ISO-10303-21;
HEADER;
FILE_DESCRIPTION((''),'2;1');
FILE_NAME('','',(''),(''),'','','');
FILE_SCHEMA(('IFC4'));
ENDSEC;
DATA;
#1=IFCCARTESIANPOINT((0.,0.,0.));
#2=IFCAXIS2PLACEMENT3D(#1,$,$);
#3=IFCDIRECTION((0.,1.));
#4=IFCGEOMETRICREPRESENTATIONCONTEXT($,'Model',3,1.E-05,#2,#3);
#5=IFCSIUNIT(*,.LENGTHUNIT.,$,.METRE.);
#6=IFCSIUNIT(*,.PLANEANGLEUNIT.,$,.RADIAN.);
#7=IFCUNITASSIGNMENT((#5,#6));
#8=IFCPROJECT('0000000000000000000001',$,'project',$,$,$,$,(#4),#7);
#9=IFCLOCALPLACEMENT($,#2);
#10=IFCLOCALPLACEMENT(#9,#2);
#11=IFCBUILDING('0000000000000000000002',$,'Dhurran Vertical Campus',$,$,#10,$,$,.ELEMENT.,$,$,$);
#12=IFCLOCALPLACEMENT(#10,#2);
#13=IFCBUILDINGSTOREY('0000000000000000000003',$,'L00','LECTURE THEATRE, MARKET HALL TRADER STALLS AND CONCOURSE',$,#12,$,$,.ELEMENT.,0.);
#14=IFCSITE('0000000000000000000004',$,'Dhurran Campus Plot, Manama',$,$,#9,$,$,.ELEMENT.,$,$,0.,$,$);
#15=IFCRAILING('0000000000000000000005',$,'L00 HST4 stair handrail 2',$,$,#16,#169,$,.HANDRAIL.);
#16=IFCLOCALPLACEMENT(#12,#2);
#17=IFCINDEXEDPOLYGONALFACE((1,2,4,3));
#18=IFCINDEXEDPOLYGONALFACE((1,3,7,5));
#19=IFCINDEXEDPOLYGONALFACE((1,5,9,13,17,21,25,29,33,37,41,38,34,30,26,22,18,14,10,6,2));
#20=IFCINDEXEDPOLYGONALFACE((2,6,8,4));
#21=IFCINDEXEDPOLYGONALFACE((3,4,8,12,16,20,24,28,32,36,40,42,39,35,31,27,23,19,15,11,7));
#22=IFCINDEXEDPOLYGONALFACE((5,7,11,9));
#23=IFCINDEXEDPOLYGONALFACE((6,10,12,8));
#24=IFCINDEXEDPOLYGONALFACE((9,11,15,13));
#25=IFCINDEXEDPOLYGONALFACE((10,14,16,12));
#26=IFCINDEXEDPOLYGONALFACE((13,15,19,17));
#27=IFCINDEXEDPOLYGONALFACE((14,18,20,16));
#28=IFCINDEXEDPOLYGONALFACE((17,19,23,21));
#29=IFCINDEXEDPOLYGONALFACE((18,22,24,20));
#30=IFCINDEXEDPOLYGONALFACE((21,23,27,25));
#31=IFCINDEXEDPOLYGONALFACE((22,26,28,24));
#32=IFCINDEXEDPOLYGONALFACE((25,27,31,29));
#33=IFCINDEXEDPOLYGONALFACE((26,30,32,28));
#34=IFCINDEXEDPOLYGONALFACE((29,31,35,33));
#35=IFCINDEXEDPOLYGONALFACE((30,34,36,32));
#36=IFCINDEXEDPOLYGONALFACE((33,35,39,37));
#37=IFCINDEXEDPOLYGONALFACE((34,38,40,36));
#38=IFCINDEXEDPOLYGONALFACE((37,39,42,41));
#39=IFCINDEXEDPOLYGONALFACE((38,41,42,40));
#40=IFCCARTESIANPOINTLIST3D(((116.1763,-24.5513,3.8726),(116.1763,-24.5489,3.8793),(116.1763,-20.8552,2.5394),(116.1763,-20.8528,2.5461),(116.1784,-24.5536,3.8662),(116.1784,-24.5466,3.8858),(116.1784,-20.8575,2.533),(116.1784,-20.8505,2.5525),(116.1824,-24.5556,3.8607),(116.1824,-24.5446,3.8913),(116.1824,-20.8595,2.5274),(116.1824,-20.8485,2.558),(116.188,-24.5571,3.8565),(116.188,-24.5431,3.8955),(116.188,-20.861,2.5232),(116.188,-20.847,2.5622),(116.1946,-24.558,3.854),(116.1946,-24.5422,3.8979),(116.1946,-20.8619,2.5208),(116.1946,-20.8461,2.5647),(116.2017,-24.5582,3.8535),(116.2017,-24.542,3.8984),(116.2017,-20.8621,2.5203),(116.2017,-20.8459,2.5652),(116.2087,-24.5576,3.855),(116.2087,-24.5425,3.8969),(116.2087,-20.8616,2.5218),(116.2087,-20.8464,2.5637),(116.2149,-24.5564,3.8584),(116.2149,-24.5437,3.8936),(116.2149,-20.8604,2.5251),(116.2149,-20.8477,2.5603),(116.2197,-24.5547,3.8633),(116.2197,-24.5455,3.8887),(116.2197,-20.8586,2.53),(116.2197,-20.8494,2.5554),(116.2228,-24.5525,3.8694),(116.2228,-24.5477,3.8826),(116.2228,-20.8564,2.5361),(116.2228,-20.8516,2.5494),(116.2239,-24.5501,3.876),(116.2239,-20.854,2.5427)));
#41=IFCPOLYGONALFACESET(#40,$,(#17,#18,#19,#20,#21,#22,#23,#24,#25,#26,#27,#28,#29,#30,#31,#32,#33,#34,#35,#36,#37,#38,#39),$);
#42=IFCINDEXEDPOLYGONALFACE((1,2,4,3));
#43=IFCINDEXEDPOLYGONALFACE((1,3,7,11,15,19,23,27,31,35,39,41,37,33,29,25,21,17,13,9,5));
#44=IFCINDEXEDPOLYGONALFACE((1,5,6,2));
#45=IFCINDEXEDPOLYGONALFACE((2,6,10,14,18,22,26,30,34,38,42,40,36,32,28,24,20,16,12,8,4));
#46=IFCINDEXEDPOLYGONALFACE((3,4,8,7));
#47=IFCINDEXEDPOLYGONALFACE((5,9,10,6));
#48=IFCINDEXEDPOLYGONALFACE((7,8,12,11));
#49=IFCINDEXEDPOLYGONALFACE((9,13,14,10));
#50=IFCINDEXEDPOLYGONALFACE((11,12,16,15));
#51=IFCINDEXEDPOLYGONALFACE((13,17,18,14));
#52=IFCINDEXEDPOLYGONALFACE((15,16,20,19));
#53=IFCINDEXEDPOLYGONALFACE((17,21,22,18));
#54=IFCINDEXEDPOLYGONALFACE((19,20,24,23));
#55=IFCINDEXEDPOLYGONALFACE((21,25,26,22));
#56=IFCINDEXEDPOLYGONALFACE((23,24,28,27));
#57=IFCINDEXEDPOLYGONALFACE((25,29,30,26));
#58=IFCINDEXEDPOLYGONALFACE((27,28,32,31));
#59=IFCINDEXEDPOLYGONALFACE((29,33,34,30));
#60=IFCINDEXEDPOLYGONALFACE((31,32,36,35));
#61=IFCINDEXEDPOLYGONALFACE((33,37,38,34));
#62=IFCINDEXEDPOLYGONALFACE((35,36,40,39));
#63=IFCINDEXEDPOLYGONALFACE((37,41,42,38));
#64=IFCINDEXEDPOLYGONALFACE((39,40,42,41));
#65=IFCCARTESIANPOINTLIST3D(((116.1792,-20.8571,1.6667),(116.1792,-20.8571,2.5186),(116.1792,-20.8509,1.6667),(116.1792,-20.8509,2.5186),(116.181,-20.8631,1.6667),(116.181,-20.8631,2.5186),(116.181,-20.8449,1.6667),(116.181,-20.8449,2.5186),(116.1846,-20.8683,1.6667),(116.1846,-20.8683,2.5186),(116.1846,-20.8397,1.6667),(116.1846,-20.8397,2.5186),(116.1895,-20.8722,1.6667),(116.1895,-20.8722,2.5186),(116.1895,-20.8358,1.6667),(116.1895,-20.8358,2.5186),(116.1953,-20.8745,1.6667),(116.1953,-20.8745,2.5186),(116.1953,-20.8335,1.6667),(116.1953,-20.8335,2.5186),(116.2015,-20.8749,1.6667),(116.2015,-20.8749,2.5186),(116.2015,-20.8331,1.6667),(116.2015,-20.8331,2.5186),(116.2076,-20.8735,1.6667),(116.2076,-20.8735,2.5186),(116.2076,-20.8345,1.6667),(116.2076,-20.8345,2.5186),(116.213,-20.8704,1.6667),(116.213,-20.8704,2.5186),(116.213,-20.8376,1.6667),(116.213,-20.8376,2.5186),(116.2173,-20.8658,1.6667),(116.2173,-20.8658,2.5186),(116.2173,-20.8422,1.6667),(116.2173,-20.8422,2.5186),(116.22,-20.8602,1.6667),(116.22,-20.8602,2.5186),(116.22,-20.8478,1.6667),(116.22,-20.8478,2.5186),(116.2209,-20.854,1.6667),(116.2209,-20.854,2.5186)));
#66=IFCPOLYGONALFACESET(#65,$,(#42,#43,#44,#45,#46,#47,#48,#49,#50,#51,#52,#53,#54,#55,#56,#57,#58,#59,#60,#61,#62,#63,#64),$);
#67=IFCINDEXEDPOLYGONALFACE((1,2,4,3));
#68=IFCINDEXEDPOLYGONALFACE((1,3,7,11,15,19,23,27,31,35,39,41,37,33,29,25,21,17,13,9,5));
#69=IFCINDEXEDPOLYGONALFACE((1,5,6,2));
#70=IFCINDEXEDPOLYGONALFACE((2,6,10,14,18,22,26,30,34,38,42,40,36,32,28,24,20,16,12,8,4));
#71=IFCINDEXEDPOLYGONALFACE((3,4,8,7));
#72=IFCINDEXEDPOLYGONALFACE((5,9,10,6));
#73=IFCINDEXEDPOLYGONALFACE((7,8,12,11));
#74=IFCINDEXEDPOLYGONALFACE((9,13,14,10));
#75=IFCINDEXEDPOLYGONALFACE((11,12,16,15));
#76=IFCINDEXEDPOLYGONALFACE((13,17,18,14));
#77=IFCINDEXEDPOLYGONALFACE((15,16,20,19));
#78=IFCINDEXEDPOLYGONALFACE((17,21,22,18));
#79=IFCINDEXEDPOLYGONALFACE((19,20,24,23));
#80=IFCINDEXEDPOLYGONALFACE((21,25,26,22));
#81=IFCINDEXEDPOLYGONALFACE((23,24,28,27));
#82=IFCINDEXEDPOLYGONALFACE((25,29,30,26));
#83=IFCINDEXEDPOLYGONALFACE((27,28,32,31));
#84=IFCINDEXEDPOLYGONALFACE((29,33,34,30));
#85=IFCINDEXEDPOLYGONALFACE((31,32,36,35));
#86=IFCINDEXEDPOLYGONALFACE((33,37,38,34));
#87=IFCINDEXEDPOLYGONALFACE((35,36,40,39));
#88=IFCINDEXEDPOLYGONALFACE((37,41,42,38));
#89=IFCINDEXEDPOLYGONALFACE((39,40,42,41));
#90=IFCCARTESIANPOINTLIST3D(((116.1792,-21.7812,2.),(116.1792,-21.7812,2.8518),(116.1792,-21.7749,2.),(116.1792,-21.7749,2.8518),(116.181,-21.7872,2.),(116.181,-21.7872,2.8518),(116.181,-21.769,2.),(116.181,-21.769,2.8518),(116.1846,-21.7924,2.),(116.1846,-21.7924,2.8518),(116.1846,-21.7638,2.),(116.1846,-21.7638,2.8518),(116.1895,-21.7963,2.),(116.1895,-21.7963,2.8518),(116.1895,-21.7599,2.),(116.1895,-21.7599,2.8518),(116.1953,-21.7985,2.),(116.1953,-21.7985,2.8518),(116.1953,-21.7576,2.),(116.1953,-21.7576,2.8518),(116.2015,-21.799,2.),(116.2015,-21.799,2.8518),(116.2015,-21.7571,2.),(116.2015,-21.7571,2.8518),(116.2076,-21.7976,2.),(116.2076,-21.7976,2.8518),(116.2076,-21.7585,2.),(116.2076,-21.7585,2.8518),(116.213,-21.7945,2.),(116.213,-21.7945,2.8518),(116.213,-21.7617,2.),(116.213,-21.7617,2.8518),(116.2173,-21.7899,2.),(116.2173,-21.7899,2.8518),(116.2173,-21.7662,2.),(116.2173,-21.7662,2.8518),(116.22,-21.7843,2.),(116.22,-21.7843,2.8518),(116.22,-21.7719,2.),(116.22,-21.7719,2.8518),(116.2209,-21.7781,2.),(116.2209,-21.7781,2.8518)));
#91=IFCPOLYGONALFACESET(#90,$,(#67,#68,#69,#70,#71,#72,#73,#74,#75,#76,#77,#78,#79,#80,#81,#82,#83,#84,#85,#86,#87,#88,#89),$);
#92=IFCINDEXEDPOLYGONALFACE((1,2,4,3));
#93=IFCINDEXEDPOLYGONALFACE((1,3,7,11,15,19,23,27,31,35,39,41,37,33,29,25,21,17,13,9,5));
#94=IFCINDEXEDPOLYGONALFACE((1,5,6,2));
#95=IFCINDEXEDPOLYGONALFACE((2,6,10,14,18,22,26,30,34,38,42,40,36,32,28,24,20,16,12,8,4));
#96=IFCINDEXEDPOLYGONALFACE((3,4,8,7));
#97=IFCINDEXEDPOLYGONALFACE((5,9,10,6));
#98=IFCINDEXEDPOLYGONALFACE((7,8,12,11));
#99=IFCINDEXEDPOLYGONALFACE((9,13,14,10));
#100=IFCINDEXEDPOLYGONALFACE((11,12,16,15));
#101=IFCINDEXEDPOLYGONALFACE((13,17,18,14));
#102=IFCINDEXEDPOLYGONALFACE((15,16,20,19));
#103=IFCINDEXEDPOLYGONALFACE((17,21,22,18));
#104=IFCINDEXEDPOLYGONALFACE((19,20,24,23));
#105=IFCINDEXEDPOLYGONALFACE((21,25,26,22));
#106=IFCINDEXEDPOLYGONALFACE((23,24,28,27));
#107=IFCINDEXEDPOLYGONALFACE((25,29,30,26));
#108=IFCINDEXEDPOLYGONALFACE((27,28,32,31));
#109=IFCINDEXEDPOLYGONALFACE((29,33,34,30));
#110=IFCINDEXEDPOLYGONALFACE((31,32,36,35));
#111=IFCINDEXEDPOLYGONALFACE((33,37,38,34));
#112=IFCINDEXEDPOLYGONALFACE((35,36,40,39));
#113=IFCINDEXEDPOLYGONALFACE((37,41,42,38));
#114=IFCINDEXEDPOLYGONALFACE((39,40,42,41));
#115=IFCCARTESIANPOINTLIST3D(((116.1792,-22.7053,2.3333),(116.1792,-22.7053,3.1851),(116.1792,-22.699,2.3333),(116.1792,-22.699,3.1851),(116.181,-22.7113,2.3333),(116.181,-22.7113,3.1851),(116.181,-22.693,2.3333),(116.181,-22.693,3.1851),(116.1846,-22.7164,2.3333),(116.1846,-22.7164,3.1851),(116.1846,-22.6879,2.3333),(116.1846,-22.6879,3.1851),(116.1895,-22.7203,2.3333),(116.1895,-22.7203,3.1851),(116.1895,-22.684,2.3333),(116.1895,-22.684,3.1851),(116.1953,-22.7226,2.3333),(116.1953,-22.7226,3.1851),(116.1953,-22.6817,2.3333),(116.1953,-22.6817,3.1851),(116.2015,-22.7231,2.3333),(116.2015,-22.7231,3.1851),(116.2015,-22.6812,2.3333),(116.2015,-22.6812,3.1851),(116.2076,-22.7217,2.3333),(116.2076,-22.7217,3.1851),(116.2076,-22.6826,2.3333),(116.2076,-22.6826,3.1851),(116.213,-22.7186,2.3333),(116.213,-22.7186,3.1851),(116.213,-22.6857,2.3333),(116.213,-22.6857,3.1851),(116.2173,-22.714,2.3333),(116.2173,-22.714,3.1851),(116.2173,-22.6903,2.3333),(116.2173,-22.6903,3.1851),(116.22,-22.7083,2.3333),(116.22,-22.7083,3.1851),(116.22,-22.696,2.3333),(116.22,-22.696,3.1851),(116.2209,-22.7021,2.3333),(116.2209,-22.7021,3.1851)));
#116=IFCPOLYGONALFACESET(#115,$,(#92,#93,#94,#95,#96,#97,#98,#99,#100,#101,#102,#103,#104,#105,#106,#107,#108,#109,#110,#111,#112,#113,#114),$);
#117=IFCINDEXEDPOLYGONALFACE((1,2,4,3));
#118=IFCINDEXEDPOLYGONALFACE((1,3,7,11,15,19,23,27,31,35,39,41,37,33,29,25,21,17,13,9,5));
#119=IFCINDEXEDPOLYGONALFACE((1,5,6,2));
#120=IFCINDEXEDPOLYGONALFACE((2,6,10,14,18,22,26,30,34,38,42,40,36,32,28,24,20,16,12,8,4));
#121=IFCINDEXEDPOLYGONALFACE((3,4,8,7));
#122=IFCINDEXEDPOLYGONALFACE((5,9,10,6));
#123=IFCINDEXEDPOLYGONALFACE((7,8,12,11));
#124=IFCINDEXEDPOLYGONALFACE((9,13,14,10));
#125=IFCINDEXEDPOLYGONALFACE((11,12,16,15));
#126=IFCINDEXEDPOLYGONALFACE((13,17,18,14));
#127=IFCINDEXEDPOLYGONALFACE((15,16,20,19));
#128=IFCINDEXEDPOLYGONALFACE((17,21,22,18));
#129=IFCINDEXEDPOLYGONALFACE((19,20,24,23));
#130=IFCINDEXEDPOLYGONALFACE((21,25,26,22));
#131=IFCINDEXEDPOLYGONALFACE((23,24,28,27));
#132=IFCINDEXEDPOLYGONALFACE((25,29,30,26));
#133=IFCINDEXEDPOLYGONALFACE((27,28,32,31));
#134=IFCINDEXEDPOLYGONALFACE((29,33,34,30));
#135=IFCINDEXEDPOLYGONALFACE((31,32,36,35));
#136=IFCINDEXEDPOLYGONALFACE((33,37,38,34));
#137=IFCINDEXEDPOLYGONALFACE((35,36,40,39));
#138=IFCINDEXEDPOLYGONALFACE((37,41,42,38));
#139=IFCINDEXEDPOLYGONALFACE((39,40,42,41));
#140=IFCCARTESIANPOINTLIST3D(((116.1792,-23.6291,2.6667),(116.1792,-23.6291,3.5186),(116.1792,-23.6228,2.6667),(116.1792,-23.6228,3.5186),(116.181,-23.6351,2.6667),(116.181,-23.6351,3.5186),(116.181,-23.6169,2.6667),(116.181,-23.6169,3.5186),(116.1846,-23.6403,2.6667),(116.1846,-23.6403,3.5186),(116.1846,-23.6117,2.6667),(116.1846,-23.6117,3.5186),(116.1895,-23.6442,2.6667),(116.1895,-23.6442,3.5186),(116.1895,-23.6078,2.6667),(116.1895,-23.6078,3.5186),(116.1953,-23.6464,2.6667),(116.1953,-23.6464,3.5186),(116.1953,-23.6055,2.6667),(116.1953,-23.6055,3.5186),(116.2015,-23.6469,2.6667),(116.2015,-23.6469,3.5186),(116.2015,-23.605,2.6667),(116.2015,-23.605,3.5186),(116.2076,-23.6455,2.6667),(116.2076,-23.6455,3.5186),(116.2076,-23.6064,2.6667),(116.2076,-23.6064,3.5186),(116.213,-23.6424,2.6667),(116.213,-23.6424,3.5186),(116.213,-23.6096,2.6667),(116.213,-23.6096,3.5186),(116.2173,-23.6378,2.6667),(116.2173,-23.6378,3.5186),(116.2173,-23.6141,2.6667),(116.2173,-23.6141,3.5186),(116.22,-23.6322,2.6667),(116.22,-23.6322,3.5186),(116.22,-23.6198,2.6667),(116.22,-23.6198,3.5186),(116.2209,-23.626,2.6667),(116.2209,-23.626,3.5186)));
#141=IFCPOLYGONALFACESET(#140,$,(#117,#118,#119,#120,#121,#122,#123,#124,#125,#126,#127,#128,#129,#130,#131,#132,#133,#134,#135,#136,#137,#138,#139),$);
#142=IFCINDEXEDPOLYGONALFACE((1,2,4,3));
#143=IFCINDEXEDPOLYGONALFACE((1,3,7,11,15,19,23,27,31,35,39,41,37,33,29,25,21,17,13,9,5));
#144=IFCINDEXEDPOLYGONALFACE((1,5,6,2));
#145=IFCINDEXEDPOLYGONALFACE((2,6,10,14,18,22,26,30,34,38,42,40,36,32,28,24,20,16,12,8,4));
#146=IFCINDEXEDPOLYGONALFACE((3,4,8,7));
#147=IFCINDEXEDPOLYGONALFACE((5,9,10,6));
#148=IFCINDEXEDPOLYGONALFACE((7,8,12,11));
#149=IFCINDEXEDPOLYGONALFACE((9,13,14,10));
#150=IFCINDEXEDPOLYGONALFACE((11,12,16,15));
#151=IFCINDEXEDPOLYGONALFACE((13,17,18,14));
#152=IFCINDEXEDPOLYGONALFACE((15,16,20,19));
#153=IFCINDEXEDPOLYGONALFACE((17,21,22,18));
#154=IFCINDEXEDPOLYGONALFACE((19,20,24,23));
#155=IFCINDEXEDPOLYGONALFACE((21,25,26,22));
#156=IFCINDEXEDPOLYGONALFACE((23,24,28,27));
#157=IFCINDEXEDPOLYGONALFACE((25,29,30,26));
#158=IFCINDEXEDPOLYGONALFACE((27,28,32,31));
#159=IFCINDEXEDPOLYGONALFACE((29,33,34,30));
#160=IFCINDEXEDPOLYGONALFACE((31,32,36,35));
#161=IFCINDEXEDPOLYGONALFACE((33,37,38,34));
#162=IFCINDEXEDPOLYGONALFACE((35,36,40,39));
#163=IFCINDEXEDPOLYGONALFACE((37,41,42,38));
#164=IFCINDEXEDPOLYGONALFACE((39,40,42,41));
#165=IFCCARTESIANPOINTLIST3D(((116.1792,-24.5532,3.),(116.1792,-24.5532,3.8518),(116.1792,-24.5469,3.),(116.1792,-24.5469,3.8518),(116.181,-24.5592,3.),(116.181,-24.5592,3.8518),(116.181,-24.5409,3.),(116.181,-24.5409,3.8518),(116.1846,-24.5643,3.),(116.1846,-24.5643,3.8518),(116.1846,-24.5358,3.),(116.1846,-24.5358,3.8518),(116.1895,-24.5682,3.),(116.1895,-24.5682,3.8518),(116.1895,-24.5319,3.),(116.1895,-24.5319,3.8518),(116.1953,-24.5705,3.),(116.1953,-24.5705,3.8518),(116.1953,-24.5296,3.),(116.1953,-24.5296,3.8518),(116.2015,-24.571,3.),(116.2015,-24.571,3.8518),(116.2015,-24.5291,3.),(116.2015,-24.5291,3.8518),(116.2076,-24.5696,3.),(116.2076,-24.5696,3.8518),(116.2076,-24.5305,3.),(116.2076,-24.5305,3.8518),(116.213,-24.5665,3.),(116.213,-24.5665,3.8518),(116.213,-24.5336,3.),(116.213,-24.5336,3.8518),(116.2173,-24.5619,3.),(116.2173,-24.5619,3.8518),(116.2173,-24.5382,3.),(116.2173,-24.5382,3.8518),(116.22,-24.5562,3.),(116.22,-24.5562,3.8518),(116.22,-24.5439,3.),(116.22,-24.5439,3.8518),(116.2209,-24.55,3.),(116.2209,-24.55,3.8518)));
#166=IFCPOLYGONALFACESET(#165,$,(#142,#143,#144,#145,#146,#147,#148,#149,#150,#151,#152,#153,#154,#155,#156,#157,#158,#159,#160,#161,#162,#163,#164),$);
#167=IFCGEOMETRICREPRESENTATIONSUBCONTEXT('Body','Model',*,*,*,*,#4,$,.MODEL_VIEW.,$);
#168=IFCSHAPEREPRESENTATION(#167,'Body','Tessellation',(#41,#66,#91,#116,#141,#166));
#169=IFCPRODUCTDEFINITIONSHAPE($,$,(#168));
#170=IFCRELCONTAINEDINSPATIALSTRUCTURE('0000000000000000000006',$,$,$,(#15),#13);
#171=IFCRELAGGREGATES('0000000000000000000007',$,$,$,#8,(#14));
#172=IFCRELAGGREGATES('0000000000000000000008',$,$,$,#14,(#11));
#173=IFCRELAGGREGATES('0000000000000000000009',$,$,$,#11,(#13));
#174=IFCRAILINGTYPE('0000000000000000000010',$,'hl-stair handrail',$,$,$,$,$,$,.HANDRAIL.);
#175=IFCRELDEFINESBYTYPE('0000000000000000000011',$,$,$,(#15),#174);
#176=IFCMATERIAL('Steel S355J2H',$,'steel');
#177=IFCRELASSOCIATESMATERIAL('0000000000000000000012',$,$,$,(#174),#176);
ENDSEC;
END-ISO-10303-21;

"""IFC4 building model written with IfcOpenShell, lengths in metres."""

from ifc_helpers import new_model, si_unit, direction, frame, origin, origin_2d, place, context, subcontext, project, spatial, circle, extrude, material, type_object, element, save


model = new_model("IFC4")

# Units and contexts
model_context = context("Model", 3, precision=1e-05, world=origin(), true_north=direction((0.0, 1.0)))
body_context = subcontext(model_context, "Body", "Model", "MODEL_VIEW")
ifc_project = project(units=[si_unit("LENGTHUNIT", "METRE"), si_unit("PLANEANGLEUNIT", "RADIAN")], contexts=[model_context])

# Site, building, storey
site_placement = place(None, origin())
site = spatial("IfcSite", under=ifc_project, at=site_placement, Name="Dhurran Campus Plot, Manama", CompositionType="ELEMENT", RefElevation=0.0)
building_placement = place(site_placement, origin())
building = spatial("IfcBuilding", under=site, at=building_placement, Name="Dhurran Vertical Campus", CompositionType="ELEMENT")
storey_placement = place(building_placement, origin())
storey = spatial("IfcBuildingStorey", under=building, at=storey_placement, Name="L00", Description="LECTURE THEATRE, MARKET HALL TRADER STALLS AND CONCOURSE", CompositionType="ELEMENT", Elevation=0.0)

# Railing
ifc_material_1 = material(Name="Steel S355J2H", Category="steel")
railing_type_1 = type_object("IfcRailingType", Name="hl-stair handrail", PredefinedType="HANDRAIL", material=ifc_material_1)
for number, where, name in (
    (1, (116.2, -20.854, 1.6667), "L00 HST4 stair handrail 2"),
):
    element("IfcRailing", number, at=place(storey_placement, frame(where)), inside=storey, type_object=railing_type_1, Name=name, PredefinedType="HANDRAIL", context=body_context, shape_type="SweptSolid", body=[
        extrude(circle(Radius=0.0239, at=origin_2d()), frame((0.0, 0.0, 0.876), z_axis=(0.0, -0.94067, 0.339322), x_axis=(1.0, 0.0, 0.0)), (0.0, 0.0, 1.0), 3.9292),
        extrude(circle(Radius=0.021, at=origin_2d()), origin(), (0.0, 0.0, 1.0), 0.8518),
        extrude(circle(Radius=0.021, at=origin_2d()), frame((0.0, -0.9241, 0.3333)), (0.0, 0.0, 1.0), 0.8518),
        extrude(circle(Radius=0.021, at=origin_2d()), frame((0.0, -1.8481, 0.6665)), (0.0, 0.0, 1.0), 0.8518),
        extrude(circle(Radius=0.021, at=origin_2d()), frame((0.0, -2.772, 1.0)), (0.0, 0.0, 1.0), 0.8518),
        extrude(circle(Radius=0.021, at=origin_2d()), frame((0.0, -3.696, 1.3333)), (0.0, 0.0, 1.0), 0.8518),
    ])

save(model, "model.ifc")
